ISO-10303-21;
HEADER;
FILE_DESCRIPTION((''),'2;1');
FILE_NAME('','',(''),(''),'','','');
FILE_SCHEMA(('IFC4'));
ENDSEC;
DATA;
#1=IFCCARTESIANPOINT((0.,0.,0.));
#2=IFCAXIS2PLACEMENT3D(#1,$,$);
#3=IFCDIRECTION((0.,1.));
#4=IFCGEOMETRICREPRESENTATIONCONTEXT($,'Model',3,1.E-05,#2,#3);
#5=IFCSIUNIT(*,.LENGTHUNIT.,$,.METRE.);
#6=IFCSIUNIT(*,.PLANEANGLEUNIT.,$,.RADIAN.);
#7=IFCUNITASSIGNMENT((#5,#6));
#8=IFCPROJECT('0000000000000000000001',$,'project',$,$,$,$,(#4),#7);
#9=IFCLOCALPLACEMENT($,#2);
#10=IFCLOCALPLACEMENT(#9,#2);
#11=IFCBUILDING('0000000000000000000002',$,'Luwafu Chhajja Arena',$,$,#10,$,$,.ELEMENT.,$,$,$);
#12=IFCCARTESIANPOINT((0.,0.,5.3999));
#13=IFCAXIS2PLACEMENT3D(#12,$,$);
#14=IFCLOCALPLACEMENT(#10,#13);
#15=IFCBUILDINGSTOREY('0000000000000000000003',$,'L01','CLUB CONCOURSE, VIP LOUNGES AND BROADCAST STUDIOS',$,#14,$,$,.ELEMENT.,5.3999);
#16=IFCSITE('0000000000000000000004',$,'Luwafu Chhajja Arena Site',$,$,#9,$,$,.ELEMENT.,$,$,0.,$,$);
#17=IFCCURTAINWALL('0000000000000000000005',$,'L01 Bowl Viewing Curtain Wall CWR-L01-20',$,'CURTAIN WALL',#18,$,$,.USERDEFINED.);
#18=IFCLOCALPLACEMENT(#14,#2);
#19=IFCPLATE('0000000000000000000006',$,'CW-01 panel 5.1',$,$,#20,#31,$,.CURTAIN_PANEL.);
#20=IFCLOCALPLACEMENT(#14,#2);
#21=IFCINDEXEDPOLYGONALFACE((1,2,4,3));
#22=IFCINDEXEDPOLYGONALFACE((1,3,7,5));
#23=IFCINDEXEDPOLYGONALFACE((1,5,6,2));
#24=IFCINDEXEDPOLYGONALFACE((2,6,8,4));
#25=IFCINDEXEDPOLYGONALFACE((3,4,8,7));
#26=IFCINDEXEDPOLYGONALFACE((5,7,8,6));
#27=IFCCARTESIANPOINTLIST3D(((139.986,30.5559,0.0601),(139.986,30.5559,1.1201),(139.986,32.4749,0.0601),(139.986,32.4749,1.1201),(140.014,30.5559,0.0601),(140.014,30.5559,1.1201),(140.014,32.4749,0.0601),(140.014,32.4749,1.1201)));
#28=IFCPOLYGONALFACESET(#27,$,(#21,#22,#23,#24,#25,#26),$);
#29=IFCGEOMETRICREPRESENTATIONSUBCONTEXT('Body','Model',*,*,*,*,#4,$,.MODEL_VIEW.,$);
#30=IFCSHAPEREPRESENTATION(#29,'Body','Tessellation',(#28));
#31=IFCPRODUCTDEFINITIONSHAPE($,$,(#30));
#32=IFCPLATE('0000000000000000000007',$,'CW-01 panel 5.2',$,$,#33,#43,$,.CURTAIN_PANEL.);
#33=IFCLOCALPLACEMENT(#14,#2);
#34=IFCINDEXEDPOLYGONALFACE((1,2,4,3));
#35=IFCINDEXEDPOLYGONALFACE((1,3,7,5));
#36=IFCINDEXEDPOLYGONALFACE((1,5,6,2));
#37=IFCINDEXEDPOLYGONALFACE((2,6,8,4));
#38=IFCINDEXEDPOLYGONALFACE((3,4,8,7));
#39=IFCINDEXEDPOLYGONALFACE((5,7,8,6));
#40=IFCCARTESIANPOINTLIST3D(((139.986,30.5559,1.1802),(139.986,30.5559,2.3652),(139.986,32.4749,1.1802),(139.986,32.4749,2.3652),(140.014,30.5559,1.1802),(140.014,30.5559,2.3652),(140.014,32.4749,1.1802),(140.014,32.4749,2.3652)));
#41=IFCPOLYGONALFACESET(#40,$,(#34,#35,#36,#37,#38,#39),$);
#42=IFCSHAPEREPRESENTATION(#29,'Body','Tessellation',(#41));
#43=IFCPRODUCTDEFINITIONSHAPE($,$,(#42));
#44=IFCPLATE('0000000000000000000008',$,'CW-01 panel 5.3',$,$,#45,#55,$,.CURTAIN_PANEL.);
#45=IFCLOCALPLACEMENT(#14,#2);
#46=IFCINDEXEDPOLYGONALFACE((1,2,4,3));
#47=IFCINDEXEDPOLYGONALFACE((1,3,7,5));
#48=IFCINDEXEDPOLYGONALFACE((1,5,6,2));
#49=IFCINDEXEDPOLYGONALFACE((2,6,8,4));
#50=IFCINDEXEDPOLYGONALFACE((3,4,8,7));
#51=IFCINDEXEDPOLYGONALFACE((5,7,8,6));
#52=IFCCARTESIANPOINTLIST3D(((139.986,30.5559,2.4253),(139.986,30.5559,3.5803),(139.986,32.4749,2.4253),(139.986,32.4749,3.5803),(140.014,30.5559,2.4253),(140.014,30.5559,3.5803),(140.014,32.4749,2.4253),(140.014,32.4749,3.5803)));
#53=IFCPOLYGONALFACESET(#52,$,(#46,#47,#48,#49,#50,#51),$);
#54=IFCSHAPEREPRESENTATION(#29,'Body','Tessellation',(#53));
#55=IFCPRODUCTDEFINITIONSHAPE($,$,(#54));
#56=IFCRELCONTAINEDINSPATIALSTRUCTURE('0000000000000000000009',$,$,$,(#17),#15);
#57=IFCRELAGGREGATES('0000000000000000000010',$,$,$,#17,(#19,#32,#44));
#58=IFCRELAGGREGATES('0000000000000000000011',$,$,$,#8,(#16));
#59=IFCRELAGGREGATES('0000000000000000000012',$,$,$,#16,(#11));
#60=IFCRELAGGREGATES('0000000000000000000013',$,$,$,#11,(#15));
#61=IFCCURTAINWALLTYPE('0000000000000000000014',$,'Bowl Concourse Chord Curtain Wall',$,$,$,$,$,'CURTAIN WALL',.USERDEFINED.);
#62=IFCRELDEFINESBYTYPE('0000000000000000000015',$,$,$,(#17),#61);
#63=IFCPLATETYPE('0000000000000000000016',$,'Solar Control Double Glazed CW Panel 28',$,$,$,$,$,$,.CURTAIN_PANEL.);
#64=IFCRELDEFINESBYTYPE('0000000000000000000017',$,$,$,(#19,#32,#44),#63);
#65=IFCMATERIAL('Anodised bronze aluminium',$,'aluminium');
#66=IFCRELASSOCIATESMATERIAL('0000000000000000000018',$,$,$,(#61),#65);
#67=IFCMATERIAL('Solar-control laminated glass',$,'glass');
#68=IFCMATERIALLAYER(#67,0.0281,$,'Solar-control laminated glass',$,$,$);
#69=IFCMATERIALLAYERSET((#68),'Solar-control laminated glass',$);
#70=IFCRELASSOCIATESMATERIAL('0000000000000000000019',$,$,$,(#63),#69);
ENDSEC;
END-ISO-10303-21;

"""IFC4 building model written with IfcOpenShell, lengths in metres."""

from ifc_helpers import new_model, si_unit, direction, frame, origin, origin_2d, place, context, subcontext, project, spatial, rectangle, extrude, material, layer, layer_set, type_object, element, aggregate, save


model = new_model("IFC4")

# Units and contexts
model_context = context("Model", 3, precision=1e-05, world=origin(), true_north=direction((0.0, 1.0)))
body_context = subcontext(model_context, "Body", "Model", "MODEL_VIEW")
ifc_project = project(units=[si_unit("LENGTHUNIT", "METRE"), si_unit("PLANEANGLEUNIT", "RADIAN")], contexts=[model_context])

# Site, building, storey
site_placement = place(None, origin())
site = spatial("IfcSite", under=ifc_project, at=site_placement, Name="Luwafu Chhajja Arena Site", CompositionType="ELEMENT", RefElevation=0.0)
building_placement = place(site_placement, origin())
building = spatial("IfcBuilding", under=site, at=building_placement, Name="Luwafu Chhajja Arena", CompositionType="ELEMENT")
storey_placement = place(building_placement, frame((0.0, 0.0, 5.3999)))
storey = spatial("IfcBuildingStorey", under=building, at=storey_placement, Name="L01", Description="CLUB CONCOURSE, VIP LOUNGES AND BROADCAST STUDIOS", CompositionType="ELEMENT", Elevation=5.3999)

# Curtain wall
ifc_material_1 = material(Name="Anodised bronze aluminium", Category="aluminium")
curtain_wall_type = type_object("IfcCurtainWallType", Name="Bowl Concourse Chord Curtain Wall", ElementType="CURTAIN WALL", PredefinedType="USERDEFINED", material=ifc_material_1)
curtain_wall_1_placement = place(storey_placement, origin())
curtain_wall_1 = element("IfcCurtainWall", 1, at=curtain_wall_1_placement, inside=storey, type_object=curtain_wall_type, Name="L01 Bowl Viewing Curtain Wall CWR-L01-20", ObjectType="CURTAIN WALL", PredefinedType="USERDEFINED")

# Plates
ifc_material_2 = material(Name="Solar-control laminated glass", Category="glass")
ifc_layer_1 = layer(ifc_material_2, 0.0281, Name="Solar-control laminated glass")
ifc_layer_set_1 = layer_set([ifc_layer_1], Name="Solar-control laminated glass")
plate_type_1 = type_object("IfcPlateType", Name="Solar Control Double Glazed CW Panel 28", PredefinedType="CURTAIN_PANEL", material=ifc_layer_set_1)
plate_1_placement = place(storey_placement, frame((140.0, 31.5154, 0.0601), z_axis=(0.0, 0.0, 1.0), x_axis=(0.0, 1.0, 0.0)))
plate_1 = element("IfcPlate", 2, at=plate_1_placement, type_object=plate_type_1, Name="CW-01 panel 5.1", PredefinedType="CURTAIN_PANEL", context=body_context, shape_type="SweptSolid", body=[
    extrude(rectangle(XDim=1.9189, YDim=0.0281, at=origin_2d()), origin(), (0.0, 0.0, 1.0), 1.0601),
])
plate_2_placement = place(storey_placement, frame((140.0, 31.5154, 1.1802), z_axis=(0.0, 0.0, 1.0), x_axis=(0.0, 1.0, 0.0)))
plate_2 = element("IfcPlate", 3, at=plate_2_placement, type_object=plate_type_1, Name="CW-01 panel 5.2", PredefinedType="CURTAIN_PANEL", context=body_context, shape_type="SweptSolid", body=[
    extrude(rectangle(XDim=1.9189, YDim=0.0281, at=origin_2d()), origin(), (0.0, 0.0, 1.0), 1.1851),
])
plate_3_placement = place(storey_placement, frame((140.0, 31.5154, 2.4253), z_axis=(0.0, 0.0, 1.0), x_axis=(0.0, 1.0, 0.0)))
plate_3 = element("IfcPlate", 4, at=plate_3_placement, type_object=plate_type_1, Name="CW-01 panel 5.3", PredefinedType="CURTAIN_PANEL", context=body_context, shape_type="SweptSolid", body=[
    extrude(rectangle(XDim=1.9189, YDim=0.0281, at=origin_2d()), origin(), (0.0, 0.0, 1.0), 1.155),
])
aggregate(curtain_wall_1, [plate_1, plate_2, plate_3])

save(model, "model.ifc")
